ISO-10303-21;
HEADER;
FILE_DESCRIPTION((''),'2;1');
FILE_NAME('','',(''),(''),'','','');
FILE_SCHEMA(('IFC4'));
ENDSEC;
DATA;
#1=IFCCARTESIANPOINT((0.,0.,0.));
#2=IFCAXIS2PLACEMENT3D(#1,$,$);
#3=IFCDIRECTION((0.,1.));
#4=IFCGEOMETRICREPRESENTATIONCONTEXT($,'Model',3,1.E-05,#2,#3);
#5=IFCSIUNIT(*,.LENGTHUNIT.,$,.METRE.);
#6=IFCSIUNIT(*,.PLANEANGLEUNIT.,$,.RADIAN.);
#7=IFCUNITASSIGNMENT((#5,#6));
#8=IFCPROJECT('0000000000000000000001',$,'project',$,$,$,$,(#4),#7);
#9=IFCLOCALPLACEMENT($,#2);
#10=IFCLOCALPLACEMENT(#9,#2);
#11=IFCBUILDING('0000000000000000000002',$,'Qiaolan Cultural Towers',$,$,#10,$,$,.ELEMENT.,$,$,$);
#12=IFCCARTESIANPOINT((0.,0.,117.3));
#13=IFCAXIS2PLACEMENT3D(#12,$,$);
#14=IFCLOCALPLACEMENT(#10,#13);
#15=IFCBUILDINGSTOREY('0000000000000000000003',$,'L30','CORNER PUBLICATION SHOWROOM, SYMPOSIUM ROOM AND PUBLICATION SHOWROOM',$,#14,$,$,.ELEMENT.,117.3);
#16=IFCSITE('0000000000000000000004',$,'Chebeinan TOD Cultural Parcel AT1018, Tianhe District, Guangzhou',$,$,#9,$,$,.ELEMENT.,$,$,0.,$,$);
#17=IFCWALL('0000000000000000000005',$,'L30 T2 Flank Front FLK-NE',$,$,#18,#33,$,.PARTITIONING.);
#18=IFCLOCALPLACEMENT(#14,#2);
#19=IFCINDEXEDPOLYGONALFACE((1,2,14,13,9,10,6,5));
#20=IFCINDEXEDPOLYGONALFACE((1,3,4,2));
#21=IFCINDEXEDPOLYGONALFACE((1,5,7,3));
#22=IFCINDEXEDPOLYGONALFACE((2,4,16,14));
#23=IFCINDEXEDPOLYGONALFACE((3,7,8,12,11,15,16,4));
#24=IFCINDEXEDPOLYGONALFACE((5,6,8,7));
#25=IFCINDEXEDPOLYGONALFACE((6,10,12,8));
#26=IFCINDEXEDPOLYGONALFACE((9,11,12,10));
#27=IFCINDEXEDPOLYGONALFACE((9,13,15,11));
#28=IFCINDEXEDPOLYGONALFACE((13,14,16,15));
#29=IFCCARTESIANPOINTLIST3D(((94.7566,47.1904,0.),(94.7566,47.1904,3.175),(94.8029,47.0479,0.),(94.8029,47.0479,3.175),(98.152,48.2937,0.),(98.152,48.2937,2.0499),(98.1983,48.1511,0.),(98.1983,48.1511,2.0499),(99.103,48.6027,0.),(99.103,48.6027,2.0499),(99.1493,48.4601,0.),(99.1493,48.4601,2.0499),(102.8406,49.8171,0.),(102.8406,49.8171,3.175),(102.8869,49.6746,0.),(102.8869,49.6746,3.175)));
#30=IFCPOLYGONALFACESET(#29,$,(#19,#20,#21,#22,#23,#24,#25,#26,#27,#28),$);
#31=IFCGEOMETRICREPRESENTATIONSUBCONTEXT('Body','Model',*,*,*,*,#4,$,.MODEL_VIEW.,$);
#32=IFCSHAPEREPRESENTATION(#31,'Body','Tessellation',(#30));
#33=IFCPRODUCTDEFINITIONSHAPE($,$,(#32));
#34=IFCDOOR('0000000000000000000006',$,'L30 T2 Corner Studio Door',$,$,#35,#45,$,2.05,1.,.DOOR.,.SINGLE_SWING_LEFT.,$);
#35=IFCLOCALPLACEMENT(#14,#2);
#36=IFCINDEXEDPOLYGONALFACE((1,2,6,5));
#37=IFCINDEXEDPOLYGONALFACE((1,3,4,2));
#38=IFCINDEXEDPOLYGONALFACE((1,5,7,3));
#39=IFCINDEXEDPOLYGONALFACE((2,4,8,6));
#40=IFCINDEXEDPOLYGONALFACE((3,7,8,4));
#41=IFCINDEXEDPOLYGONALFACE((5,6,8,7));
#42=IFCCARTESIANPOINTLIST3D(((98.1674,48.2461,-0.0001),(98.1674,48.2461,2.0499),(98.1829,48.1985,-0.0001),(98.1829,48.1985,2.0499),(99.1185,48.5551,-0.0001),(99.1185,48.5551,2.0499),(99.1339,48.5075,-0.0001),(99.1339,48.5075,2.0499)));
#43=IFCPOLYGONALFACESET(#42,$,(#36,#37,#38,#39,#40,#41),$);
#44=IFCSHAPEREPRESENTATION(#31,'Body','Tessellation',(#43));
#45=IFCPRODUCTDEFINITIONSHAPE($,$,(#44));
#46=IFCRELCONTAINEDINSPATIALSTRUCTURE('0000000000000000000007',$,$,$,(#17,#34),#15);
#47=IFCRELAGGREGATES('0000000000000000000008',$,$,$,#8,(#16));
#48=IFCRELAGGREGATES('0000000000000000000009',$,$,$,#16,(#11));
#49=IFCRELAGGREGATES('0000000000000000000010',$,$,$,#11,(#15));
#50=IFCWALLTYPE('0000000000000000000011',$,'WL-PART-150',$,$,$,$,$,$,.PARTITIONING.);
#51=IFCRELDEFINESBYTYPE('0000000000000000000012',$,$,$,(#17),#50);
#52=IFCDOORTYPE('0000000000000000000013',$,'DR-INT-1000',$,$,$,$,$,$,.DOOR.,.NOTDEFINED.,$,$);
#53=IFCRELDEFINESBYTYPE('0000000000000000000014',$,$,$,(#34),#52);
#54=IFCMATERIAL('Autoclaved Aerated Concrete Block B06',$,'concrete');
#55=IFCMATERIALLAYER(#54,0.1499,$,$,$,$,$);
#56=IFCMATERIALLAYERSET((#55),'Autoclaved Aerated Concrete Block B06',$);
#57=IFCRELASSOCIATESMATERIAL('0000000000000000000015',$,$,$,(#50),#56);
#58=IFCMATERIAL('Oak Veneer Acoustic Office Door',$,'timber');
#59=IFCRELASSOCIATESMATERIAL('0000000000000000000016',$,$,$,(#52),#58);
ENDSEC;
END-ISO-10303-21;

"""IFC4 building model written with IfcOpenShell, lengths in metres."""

from ifc_helpers import new_model, si_unit, direction, frame, frame_2d, origin, place, context, subcontext, project, spatial, rectangle, extrude, material, layer, layer_set, type_object, element, fill, save


model = new_model("IFC4")

# Units and contexts
model_context = context("Model", 3, precision=1e-05, world=origin(), true_north=direction((0.0, 1.0)))
body_context = subcontext(model_context, "Body", "Model", "MODEL_VIEW")
ifc_project = project(units=[si_unit("LENGTHUNIT", "METRE"), si_unit("PLANEANGLEUNIT", "RADIAN")], contexts=[model_context])

# Site, building, storey
site_placement = place(None, origin())
site = spatial("IfcSite", under=ifc_project, at=site_placement, Name="Chebeinan TOD Cultural Parcel AT1018, Tianhe District, Guangzhou", CompositionType="ELEMENT", RefElevation=0.0)
building_placement = place(site_placement, origin())
building = spatial("IfcBuilding", under=site, at=building_placement, Name="Qiaolan Cultural Towers", CompositionType="ELEMENT")
storey_placement = place(building_placement, frame((0.0, 0.0, 117.3)))
storey = spatial("IfcBuildingStorey", under=building, at=storey_placement, Name="L30", Description="CORNER PUBLICATION SHOWROOM, SYMPOSIUM ROOM AND PUBLICATION SHOWROOM", CompositionType="ELEMENT", Elevation=117.3)

# Shared definitions
ifc_material_1 = material(Name="Autoclaved Aerated Concrete Block B06", Category="concrete")
ifc_layer_1 = layer(ifc_material_1, 0.1499)
ifc_layer_set_1 = layer_set([ifc_layer_1], Name="Autoclaved Aerated Concrete Block B06")
wall_type_1 = type_object("IfcWallType", Name="WL-PART-150", PredefinedType="PARTITIONING", material=ifc_layer_set_1)

# Wall, opening, door
wall_1_placement = place(storey_placement, frame((94.7798, 47.1191, 0.0), z_axis=(0.0, 0.0, 1.0), x_axis=(0.951054, 0.309024, 0.0)))
wall_1 = element("IfcWall", 1, at=wall_1_placement, inside=storey, type_object=wall_type_1, Name="L30 T2 Flank Front FLK-NE", PredefinedType="PARTITIONING", context=body_context, shape_type="SweptSolid", body=[
    extrude(rectangle(XDim=8.5, YDim=0.1499, at=frame_2d((4.25, 0.0))), origin(), (0.0, 0.0, 1.0), 3.175),
])
opening_1_placement = place(wall_1_placement, frame((3.5701, 0.0, 0.0)))
opening_1 = element("IfcOpeningElement", 2, at=opening_1_placement, cuts=wall_1, PredefinedType="OPENING", context=body_context, shape_type="SweptSolid", body=[
    extrude(rectangle(XDim=1.0, YDim=2.05, at=frame_2d((0.5, 1.0249))), frame((0.0, 0.085, 0.0), z_axis=(0.0, -1.0, 0.0), x_axis=(1.0, 0.0, 0.0)), (0.0, 0.0, 1.0), 0.1699),
])
ifc_material_2 = material(Name="Oak Veneer Acoustic Office Door", Category="timber")
door_type_1 = type_object("IfcDoorType", Name="DR-INT-1000", OperationType="NOTDEFINED", PredefinedType="DOOR", material=ifc_material_2)
door_1_placement = place(opening_1_placement, origin())
door_1 = element("IfcDoor", 3, at=door_1_placement, inside=storey, type_object=door_type_1, Name="L30 T2 Corner Studio Door", OperationType="SINGLE_SWING_LEFT", OverallHeight=2.05, OverallWidth=1.0, PredefinedType="DOOR", context=body_context, shape_type="SweptSolid", body=[
    extrude(rectangle(XDim=1.0, YDim=2.05, at=frame_2d((0.5, 1.0249))), frame((0.0, 0.0249, 0.0), z_axis=(0.0, -1.0, 0.0), x_axis=(1.0, 0.0, 0.0)), (0.0, 0.0, 1.0), 0.05),
])
fill(opening_1, door_1)

save(model, "model.ifc")
